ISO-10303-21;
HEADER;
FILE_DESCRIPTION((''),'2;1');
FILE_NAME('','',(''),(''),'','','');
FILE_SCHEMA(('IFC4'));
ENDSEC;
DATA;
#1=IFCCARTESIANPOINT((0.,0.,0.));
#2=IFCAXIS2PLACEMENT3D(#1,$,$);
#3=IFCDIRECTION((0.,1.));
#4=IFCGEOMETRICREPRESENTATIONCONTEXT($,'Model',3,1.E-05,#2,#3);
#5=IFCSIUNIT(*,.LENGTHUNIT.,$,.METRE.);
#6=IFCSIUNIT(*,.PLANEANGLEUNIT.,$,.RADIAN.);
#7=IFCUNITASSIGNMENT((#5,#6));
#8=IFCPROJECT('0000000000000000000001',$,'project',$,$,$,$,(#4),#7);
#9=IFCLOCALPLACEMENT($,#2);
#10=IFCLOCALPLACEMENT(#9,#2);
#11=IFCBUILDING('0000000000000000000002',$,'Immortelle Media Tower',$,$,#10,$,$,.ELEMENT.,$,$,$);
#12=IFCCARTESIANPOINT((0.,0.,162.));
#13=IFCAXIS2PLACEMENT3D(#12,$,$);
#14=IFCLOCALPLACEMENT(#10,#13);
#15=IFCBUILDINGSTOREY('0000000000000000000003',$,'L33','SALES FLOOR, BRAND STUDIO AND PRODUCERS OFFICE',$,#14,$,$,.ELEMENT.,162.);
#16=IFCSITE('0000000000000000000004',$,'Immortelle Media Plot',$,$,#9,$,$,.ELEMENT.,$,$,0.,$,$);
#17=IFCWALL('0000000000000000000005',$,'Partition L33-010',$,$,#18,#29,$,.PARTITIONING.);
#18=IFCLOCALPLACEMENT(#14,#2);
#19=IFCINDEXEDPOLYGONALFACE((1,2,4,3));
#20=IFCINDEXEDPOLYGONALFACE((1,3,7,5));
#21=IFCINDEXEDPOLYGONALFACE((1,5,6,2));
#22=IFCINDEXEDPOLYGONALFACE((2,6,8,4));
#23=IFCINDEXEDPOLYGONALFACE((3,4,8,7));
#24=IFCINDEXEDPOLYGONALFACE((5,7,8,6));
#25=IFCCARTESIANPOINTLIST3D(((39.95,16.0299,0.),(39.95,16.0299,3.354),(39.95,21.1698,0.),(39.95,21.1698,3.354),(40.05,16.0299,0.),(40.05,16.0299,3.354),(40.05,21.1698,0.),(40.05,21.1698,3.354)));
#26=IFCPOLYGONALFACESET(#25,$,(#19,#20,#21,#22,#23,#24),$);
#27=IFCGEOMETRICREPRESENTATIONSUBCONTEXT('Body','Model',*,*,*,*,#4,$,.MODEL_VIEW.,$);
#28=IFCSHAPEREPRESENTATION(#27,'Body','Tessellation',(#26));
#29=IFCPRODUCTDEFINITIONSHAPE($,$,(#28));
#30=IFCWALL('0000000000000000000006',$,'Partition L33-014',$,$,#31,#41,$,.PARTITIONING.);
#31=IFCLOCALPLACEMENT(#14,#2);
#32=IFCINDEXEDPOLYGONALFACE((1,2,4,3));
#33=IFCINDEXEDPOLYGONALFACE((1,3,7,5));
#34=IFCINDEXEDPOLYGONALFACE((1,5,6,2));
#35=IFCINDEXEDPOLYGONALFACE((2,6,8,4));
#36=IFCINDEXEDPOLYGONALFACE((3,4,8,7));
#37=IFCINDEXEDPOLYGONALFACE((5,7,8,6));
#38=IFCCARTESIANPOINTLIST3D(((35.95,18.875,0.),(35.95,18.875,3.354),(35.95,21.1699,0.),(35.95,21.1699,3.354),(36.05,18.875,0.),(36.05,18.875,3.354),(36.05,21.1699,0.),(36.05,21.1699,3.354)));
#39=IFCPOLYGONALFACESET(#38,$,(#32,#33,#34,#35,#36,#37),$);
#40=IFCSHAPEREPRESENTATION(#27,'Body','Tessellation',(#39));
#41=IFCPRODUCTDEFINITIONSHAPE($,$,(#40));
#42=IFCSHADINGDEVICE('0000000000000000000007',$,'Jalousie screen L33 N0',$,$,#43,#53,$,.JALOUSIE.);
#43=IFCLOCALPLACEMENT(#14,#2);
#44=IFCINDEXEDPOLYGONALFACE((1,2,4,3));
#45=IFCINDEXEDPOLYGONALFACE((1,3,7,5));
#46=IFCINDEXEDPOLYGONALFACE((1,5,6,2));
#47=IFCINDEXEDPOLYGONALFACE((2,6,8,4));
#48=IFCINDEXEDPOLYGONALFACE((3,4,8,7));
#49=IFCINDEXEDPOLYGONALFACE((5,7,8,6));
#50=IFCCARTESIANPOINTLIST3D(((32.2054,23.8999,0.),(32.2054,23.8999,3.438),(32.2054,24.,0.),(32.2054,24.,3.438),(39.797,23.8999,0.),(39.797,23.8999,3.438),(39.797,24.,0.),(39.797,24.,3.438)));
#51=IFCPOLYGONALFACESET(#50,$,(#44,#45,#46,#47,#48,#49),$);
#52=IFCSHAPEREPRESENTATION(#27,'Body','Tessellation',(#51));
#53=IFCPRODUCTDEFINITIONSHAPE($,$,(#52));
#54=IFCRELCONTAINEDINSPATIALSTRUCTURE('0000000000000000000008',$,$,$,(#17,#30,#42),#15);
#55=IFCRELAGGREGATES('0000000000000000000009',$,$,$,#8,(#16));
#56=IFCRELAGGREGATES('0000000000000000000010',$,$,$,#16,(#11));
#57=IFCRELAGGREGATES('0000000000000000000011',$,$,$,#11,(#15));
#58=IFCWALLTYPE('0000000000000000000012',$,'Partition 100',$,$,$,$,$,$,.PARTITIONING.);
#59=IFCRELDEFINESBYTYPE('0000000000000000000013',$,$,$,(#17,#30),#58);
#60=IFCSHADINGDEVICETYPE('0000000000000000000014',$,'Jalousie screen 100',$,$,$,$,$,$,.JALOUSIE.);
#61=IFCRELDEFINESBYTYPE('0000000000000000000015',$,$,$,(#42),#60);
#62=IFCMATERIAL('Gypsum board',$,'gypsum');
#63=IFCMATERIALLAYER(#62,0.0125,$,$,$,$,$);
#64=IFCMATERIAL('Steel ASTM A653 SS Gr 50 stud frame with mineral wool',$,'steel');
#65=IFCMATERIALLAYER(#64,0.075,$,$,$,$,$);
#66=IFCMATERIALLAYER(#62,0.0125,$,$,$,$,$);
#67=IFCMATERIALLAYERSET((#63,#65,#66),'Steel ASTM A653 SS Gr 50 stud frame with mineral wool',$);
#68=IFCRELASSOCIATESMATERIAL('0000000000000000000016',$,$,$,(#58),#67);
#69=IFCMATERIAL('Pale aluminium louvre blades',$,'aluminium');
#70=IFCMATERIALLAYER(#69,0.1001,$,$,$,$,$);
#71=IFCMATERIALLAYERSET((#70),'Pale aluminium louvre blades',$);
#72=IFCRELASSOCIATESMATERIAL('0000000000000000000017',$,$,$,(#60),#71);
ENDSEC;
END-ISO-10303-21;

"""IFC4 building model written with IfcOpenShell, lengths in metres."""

from ifc_helpers import new_model, si_unit, direction, frame, frame_2d, origin, origin_2d, place, context, subcontext, project, spatial, rectangle, extrude, material, layer, layer_set, type_object, element, save


model = new_model("IFC4")

# Units and contexts
model_context = context("Model", 3, precision=1e-05, world=origin(), true_north=direction((0.0, 1.0)))
body_context = subcontext(model_context, "Body", "Model", "MODEL_VIEW")
ifc_project = project(units=[si_unit("LENGTHUNIT", "METRE"), si_unit("PLANEANGLEUNIT", "RADIAN")], contexts=[model_context])

# Site, building, storey
site_placement = place(None, origin())
site = spatial("IfcSite", under=ifc_project, at=site_placement, Name="Immortelle Media Plot", CompositionType="ELEMENT", RefElevation=0.0)
building_placement = place(site_placement, origin())
building = spatial("IfcBuilding", under=site, at=building_placement, Name="Immortelle Media Tower", CompositionType="ELEMENT")
storey_placement = place(building_placement, frame((0.0, 0.0, 162.0)))
storey = spatial("IfcBuildingStorey", under=building, at=storey_placement, Name="L33", Description="SALES FLOOR, BRAND STUDIO AND PRODUCERS OFFICE", CompositionType="ELEMENT", Elevation=162.0)

# Shared definitions
ifc_material_1 = material(Name="Steel ASTM A653 SS Gr 50 stud frame with mineral wool", Category="steel")

# Walls
ifc_material_2 = material(Name="Gypsum board", Category="gypsum")
ifc_layer_1 = layer(ifc_material_2, 0.0125)
ifc_layer_2 = layer(ifc_material_1, 0.075)
ifc_layer_3 = layer(ifc_material_2, 0.0125)
ifc_layer_set_1 = layer_set([ifc_layer_1, ifc_layer_2, ifc_layer_3], Name="Steel ASTM A653 SS Gr 50 stud frame with mineral wool")
wall_type_1 = type_object("IfcWallType", Name="Partition 100", PredefinedType="PARTITIONING", material=ifc_layer_set_1)
wall_1_placement = place(storey_placement, frame((40.0, 16.03, 0.0), z_axis=(0.0, 0.0, 1.0), x_axis=(0.0, 1.0, 0.0)))
element("IfcWall", 1, at=wall_1_placement, inside=storey, type_object=wall_type_1, Name="Partition L33-010", PredefinedType="PARTITIONING", context=body_context, shape_type="SweptSolid", body=[
    extrude(rectangle(XDim=5.1399, YDim=0.1001, at=frame_2d((2.5698, 0.0))), origin(), (0.0, 0.0, 1.0), 3.354),
])
wall_2_placement = place(storey_placement, frame((36.0, 18.875, 0.0), z_axis=(0.0, 0.0, 1.0), x_axis=(0.0, 1.0, 0.0)))
element("IfcWall", 2, at=wall_2_placement, inside=storey, type_object=wall_type_1, Name="Partition L33-014", PredefinedType="PARTITIONING", context=body_context, shape_type="SweptSolid", body=[
    extrude(rectangle(XDim=2.2949, YDim=0.1001, at=frame_2d((1.1475, 0.0))), origin(), (0.0, 0.0, 1.0), 3.354),
])

# Shading device
ifc_material_3 = material(Name="Pale aluminium louvre blades", Category="aluminium")
ifc_layer_4 = layer(ifc_material_3, 0.1001)
ifc_layer_set_2 = layer_set([ifc_layer_4], Name="Pale aluminium louvre blades")
shading_device_type = type_object("IfcShadingDeviceType", Name="Jalousie screen 100", PredefinedType="JALOUSIE", material=ifc_layer_set_2)
shading_device_placement = place(storey_placement, frame((36.0012, 23.95, 0.0), z_axis=(0.0, 0.0, 1.0), x_axis=(-1.0, 0.0, 0.0)))
element("IfcShadingDevice", 3, at=shading_device_placement, inside=storey, type_object=shading_device_type, Name="Jalousie screen L33 N0", PredefinedType="JALOUSIE", context=body_context, shape_type="SweptSolid", body=[
    extrude(rectangle(XDim=7.5916, YDim=0.1001, at=origin_2d()), origin(), (0.0, 0.0, 1.0), 3.438),
])

save(model, "model.ifc")
